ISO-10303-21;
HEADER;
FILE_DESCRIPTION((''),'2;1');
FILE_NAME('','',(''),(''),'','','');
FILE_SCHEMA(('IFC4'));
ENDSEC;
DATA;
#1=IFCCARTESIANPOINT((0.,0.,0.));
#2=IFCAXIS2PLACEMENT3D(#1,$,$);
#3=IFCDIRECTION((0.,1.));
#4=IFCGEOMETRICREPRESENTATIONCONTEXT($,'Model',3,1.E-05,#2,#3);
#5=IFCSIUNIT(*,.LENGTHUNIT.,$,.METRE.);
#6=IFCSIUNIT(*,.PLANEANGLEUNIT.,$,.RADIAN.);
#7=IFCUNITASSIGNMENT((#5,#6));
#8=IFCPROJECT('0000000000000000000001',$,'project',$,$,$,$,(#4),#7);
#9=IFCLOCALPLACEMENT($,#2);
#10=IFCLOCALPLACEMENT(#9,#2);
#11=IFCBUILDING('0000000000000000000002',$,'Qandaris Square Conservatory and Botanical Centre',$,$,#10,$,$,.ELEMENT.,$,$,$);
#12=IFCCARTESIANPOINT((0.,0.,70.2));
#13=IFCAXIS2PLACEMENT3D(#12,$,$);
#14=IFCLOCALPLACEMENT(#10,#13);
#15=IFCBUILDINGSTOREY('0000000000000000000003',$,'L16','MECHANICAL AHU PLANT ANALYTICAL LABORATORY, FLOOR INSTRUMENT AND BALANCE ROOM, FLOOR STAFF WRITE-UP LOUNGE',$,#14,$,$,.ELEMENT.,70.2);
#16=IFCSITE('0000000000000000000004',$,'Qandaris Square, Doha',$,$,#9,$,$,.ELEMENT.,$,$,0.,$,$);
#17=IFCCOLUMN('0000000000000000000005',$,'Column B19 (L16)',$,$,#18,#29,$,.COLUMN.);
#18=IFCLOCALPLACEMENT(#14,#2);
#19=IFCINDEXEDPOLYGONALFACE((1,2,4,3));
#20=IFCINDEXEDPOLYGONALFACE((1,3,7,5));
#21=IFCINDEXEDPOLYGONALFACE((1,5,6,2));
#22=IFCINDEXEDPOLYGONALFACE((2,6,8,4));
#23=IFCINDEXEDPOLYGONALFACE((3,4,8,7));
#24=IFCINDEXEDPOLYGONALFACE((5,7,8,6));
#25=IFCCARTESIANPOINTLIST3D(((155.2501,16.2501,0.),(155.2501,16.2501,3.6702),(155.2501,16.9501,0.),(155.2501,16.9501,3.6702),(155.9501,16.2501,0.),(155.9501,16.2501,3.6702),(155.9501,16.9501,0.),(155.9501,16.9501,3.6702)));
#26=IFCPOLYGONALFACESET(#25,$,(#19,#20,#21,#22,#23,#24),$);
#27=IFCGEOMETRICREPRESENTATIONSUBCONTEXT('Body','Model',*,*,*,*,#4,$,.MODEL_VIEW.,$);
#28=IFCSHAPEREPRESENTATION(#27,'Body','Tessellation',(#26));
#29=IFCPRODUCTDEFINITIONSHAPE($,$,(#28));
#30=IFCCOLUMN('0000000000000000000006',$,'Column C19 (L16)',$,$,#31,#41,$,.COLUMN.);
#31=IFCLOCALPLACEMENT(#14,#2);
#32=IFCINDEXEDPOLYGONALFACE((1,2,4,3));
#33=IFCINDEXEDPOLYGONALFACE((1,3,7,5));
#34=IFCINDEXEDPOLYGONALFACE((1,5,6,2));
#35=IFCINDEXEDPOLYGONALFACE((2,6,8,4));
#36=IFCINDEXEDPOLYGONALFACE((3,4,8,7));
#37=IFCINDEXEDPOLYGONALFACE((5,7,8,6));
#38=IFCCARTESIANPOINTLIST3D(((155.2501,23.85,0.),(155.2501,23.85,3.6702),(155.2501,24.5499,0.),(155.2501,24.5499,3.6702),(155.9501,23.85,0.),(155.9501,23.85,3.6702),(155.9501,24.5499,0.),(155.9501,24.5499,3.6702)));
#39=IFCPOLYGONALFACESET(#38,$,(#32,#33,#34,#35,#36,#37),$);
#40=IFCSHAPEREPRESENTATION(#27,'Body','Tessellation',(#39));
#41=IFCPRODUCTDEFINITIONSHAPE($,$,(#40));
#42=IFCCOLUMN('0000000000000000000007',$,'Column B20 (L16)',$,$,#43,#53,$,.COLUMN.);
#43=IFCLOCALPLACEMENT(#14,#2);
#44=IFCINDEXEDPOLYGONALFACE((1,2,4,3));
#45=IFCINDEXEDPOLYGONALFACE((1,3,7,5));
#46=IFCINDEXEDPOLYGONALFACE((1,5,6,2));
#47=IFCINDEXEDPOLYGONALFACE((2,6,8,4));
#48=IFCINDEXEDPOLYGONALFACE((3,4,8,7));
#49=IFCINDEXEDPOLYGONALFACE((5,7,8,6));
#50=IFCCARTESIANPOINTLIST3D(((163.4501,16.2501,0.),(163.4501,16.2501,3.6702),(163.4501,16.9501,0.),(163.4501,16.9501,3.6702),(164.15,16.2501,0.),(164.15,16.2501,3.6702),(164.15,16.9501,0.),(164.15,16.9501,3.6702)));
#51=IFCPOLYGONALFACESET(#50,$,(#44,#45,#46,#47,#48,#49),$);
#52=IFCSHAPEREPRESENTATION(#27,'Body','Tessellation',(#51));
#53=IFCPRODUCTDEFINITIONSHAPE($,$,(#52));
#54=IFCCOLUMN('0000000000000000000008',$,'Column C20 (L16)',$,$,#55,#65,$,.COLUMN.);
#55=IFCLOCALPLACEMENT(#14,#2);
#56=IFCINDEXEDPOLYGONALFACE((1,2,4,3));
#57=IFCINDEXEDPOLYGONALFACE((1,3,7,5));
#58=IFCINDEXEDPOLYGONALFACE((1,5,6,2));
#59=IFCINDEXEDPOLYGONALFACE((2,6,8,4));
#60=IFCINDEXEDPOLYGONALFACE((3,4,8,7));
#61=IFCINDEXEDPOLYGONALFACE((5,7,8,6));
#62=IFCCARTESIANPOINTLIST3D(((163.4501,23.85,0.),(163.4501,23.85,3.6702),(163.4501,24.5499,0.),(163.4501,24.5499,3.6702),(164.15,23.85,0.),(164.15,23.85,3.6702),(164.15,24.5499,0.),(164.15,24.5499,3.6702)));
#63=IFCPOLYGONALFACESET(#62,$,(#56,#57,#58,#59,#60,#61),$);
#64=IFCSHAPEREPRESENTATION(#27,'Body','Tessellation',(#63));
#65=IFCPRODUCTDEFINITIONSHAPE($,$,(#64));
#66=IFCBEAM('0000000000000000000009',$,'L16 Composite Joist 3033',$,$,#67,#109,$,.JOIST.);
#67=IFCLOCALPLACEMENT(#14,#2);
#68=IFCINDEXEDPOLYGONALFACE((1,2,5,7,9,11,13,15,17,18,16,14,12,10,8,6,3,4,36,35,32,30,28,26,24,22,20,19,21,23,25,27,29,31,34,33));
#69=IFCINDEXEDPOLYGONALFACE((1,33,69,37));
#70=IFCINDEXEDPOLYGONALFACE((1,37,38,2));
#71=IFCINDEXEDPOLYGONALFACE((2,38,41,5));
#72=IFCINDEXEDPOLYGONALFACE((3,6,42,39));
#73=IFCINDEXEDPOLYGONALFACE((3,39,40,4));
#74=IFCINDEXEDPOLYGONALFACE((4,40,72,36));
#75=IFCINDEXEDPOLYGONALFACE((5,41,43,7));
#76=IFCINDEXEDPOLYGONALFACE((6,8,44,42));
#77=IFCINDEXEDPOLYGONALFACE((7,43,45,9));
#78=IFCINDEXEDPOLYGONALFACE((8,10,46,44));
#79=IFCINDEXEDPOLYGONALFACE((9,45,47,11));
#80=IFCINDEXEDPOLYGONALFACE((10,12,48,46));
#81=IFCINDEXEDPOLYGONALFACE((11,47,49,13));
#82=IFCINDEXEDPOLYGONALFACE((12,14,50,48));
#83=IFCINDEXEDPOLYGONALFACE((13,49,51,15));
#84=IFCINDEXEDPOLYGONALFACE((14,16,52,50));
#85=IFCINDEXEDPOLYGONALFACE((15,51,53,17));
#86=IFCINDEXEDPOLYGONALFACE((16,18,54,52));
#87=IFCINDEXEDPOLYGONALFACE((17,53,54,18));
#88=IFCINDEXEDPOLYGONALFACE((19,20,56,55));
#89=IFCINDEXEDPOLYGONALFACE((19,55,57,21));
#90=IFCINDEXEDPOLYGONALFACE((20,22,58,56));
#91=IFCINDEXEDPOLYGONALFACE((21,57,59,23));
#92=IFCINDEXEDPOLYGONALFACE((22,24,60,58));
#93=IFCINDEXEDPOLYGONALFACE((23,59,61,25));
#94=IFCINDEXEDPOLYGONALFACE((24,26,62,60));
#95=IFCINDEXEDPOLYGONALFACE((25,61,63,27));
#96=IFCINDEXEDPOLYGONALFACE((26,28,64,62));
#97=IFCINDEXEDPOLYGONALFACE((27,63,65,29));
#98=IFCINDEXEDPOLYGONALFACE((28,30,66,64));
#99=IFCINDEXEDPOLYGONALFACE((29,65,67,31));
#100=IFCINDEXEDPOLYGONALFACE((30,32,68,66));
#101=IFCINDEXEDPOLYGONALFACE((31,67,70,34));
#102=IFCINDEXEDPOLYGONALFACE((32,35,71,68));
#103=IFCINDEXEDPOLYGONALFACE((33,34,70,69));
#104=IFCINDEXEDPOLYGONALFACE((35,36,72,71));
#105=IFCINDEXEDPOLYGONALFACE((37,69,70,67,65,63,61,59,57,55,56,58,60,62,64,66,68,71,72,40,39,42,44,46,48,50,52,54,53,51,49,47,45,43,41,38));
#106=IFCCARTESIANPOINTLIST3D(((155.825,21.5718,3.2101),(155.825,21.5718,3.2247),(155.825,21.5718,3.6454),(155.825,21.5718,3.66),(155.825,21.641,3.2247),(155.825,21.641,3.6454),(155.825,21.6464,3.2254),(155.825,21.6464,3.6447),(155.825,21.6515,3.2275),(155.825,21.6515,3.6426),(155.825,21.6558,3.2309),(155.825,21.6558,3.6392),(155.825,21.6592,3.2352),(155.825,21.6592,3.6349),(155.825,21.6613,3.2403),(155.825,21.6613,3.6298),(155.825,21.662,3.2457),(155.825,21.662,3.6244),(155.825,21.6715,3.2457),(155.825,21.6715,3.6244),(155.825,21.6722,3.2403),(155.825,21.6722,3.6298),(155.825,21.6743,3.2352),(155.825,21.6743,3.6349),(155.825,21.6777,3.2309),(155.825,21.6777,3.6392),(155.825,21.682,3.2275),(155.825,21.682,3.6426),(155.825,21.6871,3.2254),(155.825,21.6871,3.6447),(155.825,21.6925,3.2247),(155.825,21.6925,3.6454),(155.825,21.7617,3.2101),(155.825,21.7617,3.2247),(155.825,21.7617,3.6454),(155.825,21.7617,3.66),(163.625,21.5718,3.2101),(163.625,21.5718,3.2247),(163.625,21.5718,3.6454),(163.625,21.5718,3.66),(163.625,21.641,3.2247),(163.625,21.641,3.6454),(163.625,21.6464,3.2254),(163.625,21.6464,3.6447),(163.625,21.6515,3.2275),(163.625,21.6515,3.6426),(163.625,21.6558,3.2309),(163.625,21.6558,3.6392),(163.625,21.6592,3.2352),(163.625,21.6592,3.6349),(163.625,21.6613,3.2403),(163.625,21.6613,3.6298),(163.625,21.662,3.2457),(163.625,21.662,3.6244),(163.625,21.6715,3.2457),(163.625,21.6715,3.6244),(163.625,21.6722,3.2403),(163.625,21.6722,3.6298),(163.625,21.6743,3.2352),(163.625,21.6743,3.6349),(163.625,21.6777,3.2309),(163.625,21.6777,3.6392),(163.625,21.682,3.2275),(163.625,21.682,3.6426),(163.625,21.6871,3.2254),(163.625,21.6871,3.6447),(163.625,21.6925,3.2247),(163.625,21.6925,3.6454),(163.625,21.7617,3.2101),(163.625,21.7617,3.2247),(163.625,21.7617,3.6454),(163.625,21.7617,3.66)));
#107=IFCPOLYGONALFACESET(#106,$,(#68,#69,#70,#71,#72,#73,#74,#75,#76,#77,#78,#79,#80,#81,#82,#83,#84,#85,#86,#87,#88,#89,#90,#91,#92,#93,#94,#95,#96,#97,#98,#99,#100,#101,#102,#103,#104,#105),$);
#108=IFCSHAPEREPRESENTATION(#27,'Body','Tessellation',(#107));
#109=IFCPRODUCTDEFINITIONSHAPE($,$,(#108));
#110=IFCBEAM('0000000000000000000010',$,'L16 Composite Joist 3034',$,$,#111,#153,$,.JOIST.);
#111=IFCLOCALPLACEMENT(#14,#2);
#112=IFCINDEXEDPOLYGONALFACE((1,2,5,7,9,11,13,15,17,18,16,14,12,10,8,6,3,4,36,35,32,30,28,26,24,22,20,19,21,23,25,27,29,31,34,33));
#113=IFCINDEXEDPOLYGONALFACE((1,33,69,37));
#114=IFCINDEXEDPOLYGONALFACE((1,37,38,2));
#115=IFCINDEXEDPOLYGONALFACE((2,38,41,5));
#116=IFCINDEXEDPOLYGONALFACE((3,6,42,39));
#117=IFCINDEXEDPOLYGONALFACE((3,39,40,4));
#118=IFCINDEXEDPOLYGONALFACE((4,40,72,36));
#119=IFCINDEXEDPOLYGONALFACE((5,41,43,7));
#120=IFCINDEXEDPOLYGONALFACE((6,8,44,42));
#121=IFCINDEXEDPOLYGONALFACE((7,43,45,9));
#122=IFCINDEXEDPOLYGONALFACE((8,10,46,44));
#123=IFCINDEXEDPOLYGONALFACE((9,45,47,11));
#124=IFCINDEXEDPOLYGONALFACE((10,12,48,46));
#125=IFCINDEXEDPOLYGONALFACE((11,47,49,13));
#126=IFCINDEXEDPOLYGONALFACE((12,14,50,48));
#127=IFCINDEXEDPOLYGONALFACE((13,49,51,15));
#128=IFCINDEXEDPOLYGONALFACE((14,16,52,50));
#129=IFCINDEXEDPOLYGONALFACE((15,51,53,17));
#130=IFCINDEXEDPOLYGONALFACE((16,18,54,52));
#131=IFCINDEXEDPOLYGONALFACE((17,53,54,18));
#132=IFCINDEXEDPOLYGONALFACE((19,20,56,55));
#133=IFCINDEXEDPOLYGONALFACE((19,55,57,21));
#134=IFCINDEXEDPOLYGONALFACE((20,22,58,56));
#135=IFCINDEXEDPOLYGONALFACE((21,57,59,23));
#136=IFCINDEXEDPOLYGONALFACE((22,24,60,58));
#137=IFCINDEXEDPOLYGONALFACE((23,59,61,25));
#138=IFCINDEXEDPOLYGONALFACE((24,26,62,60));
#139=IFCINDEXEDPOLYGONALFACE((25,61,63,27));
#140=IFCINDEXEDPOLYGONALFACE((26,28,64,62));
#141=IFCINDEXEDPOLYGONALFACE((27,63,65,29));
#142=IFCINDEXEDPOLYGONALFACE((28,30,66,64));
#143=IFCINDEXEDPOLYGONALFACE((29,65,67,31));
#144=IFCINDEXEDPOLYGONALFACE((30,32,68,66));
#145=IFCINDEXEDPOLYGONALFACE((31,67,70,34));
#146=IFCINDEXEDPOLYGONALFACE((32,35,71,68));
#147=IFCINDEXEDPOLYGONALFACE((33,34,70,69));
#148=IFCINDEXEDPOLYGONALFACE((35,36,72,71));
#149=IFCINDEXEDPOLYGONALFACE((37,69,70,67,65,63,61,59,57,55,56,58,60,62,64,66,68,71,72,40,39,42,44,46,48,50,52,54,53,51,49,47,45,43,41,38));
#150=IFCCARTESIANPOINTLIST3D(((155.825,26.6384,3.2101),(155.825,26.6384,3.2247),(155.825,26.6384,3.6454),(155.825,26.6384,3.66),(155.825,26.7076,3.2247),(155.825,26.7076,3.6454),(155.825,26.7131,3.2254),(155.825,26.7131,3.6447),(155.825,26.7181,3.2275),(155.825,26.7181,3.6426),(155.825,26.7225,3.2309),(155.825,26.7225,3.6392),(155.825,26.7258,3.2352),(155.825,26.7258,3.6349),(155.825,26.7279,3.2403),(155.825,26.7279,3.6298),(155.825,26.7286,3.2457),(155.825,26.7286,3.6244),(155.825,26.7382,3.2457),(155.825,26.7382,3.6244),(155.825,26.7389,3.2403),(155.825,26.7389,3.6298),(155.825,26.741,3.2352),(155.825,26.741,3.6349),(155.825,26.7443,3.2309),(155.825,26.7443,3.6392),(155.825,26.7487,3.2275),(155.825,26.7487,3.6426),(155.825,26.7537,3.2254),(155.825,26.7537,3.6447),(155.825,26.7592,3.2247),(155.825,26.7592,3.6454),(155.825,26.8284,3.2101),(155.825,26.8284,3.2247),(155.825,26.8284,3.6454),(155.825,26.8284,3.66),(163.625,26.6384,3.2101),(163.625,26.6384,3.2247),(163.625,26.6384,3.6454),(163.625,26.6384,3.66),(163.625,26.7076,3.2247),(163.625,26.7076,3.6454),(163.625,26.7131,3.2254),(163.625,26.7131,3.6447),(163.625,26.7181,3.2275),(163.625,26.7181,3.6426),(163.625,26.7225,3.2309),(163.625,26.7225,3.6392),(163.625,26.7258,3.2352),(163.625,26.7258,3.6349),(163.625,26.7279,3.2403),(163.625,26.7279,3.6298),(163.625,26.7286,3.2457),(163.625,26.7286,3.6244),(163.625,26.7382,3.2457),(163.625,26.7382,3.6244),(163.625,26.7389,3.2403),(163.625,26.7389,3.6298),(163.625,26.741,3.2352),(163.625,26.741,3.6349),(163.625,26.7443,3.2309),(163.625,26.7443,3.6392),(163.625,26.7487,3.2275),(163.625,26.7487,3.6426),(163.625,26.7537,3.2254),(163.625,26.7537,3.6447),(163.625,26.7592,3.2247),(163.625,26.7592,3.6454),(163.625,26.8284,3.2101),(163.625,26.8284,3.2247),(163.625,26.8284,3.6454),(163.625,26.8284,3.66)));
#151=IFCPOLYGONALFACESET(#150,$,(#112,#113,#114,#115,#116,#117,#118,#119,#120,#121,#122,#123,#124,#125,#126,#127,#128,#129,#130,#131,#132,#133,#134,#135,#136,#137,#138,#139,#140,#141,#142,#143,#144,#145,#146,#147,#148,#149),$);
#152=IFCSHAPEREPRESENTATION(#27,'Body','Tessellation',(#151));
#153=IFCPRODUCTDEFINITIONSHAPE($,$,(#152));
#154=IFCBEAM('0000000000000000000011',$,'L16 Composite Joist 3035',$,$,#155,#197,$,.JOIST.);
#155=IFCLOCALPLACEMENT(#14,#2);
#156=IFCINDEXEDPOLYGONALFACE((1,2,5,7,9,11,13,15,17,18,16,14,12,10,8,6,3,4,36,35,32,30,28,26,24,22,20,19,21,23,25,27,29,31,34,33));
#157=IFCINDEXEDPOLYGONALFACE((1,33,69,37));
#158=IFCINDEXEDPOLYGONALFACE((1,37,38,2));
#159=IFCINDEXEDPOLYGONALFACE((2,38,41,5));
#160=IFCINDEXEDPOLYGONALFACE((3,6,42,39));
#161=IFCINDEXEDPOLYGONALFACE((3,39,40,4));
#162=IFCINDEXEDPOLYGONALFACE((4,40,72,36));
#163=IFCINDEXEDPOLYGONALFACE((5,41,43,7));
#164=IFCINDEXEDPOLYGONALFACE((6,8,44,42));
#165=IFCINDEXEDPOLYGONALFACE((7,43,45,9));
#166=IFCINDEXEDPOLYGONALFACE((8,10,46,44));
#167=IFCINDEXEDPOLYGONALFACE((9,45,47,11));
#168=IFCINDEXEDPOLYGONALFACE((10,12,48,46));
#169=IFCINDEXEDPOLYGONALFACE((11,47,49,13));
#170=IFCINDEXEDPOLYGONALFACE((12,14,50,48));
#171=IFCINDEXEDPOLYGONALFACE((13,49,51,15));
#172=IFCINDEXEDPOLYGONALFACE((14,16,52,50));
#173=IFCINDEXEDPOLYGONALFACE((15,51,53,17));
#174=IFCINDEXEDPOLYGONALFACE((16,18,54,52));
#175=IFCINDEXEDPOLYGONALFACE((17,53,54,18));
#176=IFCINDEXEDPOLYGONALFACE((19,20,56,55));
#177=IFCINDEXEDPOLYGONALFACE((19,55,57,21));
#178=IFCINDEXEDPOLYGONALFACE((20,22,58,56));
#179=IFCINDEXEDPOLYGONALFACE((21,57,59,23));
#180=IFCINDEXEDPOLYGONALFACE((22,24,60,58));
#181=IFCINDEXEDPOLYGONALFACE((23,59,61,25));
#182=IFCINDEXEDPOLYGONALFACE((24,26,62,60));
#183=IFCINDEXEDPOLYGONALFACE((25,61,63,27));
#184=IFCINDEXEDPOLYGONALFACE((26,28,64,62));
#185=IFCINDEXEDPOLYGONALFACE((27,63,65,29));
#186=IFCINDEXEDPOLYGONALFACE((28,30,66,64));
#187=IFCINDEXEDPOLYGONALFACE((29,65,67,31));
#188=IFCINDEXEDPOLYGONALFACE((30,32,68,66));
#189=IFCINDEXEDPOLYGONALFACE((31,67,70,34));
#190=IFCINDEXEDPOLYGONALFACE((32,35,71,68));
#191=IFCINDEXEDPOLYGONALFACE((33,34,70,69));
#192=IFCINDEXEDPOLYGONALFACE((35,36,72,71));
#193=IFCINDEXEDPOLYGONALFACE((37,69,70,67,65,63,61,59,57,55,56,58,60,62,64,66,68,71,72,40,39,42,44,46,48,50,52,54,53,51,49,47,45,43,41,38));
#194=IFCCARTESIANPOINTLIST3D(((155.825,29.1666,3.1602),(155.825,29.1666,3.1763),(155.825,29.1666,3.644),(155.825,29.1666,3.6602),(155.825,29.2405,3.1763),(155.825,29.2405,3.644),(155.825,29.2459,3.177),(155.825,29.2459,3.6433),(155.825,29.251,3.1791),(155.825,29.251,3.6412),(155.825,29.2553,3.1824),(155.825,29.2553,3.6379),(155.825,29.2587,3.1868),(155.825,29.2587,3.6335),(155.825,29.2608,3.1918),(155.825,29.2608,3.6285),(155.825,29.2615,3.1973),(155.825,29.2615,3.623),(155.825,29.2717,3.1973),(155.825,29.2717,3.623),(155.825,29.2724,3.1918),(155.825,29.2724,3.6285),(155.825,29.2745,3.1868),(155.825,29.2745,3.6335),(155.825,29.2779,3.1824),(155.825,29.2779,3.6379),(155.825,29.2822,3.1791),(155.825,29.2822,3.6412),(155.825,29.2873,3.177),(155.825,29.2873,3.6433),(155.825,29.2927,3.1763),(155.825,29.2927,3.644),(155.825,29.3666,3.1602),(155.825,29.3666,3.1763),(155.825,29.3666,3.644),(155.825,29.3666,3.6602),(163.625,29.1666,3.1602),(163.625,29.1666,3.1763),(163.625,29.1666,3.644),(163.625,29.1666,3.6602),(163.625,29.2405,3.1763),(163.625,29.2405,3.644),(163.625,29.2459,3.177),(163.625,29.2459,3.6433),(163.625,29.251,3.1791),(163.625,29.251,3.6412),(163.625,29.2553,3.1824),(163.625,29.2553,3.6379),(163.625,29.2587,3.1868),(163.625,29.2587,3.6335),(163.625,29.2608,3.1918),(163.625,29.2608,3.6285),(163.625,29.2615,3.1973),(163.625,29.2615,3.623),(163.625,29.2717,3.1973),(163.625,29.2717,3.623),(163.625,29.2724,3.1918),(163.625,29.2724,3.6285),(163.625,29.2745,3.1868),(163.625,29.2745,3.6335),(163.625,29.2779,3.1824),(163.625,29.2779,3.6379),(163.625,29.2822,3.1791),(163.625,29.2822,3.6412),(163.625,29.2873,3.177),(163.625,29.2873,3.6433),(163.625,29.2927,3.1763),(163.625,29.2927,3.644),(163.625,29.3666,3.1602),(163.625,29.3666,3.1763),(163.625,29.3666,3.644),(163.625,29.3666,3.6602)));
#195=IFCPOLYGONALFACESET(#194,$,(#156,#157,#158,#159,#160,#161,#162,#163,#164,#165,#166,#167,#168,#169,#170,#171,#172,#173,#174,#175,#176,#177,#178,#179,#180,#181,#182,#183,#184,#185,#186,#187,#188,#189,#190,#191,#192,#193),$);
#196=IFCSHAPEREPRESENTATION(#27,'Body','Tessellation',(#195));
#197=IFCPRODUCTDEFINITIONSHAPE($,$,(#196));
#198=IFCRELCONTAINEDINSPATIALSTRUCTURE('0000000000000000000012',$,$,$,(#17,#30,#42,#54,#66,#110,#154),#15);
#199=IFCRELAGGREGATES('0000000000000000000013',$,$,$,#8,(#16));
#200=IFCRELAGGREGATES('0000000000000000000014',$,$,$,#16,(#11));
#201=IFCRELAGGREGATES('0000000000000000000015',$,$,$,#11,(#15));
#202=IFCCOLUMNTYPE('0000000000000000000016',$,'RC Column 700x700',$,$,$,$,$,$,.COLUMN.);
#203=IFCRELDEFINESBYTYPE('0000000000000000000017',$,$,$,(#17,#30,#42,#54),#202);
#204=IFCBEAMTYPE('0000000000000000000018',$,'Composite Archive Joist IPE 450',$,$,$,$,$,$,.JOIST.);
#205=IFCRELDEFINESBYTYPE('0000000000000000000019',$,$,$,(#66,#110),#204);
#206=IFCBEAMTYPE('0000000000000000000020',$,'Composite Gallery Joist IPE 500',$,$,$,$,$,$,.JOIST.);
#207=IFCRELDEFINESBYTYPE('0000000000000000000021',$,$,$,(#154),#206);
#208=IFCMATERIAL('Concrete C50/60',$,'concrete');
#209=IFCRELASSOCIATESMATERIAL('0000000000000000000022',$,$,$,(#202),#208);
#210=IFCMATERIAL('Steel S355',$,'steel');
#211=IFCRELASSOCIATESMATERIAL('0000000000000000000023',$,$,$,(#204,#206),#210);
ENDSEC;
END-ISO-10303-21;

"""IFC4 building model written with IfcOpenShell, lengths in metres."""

from ifc_helpers import new_model, si_unit, direction, frame, origin, origin_2d, place, context, subcontext, project, spatial, rectangle, i_section, extrude, material, material_profile, profile_set, type_object, element, save


model = new_model("IFC4")

# Units and contexts
model_context = context("Model", 3, precision=1e-05, world=origin(), true_north=direction((0.0, 1.0)))
body_context = subcontext(model_context, "Body", "Model", "MODEL_VIEW")
ifc_project = project(units=[si_unit("LENGTHUNIT", "METRE"), si_unit("PLANEANGLEUNIT", "RADIAN")], contexts=[model_context])

# Site, building, storey
site_placement = place(None, origin())
site = spatial("IfcSite", under=ifc_project, at=site_placement, Name="Qandaris Square, Doha", CompositionType="ELEMENT", RefElevation=0.0)
building_placement = place(site_placement, origin())
building = spatial("IfcBuilding", under=site, at=building_placement, Name="Qandaris Square Conservatory and Botanical Centre", CompositionType="ELEMENT")
storey_placement = place(building_placement, frame((0.0, 0.0, 70.2)))
storey = spatial("IfcBuildingStorey", under=building, at=storey_placement, Name="L16", Description="MECHANICAL AHU PLANT ANALYTICAL LABORATORY, FLOOR INSTRUMENT AND BALANCE ROOM, FLOOR STAFF WRITE-UP LOUNGE", CompositionType="ELEMENT", Elevation=70.2)

# Columns
ifc_material_1 = material(Name="Concrete C50/60", Category="concrete")
ifc_material_profile_1 = material_profile(ifc_material_1, rectangle(XDim=0.7, YDim=0.7, at=origin_2d()), Name="RC-COL 700x700")
ifc_profile_set_1 = profile_set([ifc_material_profile_1], Name="Concrete C50/60")
column_type = type_object("IfcColumnType", Name="RC Column 700x700", PredefinedType="COLUMN", material=ifc_profile_set_1)
for number, where, z_axis, x_axis, name in (
    (1, (155.6001, 16.6001, 0.0), (0.0, 0.0, 1.0), (1.0, 0.0, 0.0), "Column B19 (L16)"),
    (2, (155.6001, 24.2, 0.0), (0.0, 0.0, 1.0), (1.0, 0.0, 0.0), "Column C19 (L16)"),
    (3, (163.8, 16.6001, 0.0), (0.0, 0.0, 1.0), (1.0, 0.0, 0.0), "Column B20 (L16)"),
    (4, (163.8, 24.2, 0.0), (0.0, 0.0, 1.0), (1.0, 0.0, 0.0), "Column C20 (L16)"),
):
    element("IfcColumn", number, at=place(storey_placement, frame(where, z_axis=z_axis, x_axis=x_axis)), inside=storey, type_object=column_type, Name=name, PredefinedType="COLUMN", context=body_context, shape_type="SweptSolid", body=[
        extrude(rectangle(XDim=0.7, YDim=0.7, at=origin_2d()), origin(), (0.0, 0.0, 1.0), 3.6702),
    ])

# Beams
ifc_material_2 = material(Name="Steel S355", Category="steel")
ifc_material_profile_2 = material_profile(ifc_material_2, i_section(OverallWidth=0.1899, OverallDepth=0.45, WebThickness=0.0095, FlangeThickness=0.0146, FilletRadius=0.021, at=origin_2d()), Name="IPE 450")
ifc_profile_set_2 = profile_set([ifc_material_profile_2], Name="Steel S355")
beam_type_1 = type_object("IfcBeamType", Name="Composite Archive Joist IPE 450", PredefinedType="JOIST", material=ifc_profile_set_2)
for number, where, z_axis, x_axis, name in (
    (5, (155.825, 21.6667, 3.4351), (1.0, 0.0, 0.0), (0.0, 1.0, 0.0), "L16 Composite Joist 3033"),
    (6, (155.825, 26.7334, 3.4351), (1.0, 0.0, 0.0), (0.0, 1.0, 0.0), "L16 Composite Joist 3034"),
):
    element("IfcBeam", number, at=place(storey_placement, frame(where, z_axis=z_axis, x_axis=x_axis)), inside=storey, type_object=beam_type_1, Name=name, PredefinedType="JOIST", context=body_context, shape_type="SweptSolid", body=[
        extrude(i_section(OverallWidth=0.1899, OverallDepth=0.45, WebThickness=0.0095, FlangeThickness=0.0146, FilletRadius=0.021, at=origin_2d()), origin(), (0.0, 0.0, 1.0), 7.8),
    ])
ifc_material_profile_3 = material_profile(ifc_material_2, i_section(OverallWidth=0.2, OverallDepth=0.5, WebThickness=0.0103, FlangeThickness=0.0161, FilletRadius=0.021, at=origin_2d()), Name="IPE 500")
ifc_profile_set_3 = profile_set([ifc_material_profile_3], Name="Steel S355")
beam_type_2 = type_object("IfcBeamType", Name="Composite Gallery Joist IPE 500", PredefinedType="JOIST", material=ifc_profile_set_3)
beam_1_placement = place(storey_placement, frame((155.825, 29.2666, 3.4102), z_axis=(1.0, 0.0, 0.0), x_axis=(0.0, 1.0, 0.0)))
element("IfcBeam", 7, at=beam_1_placement, inside=storey, type_object=beam_type_2, Name="L16 Composite Joist 3035", PredefinedType="JOIST", context=body_context, shape_type="SweptSolid", body=[
    extrude(i_section(OverallWidth=0.2, OverallDepth=0.5, WebThickness=0.0103, FlangeThickness=0.0161, FilletRadius=0.021, at=origin_2d()), origin(), (0.0, 0.0, 1.0), 7.8),
])

save(model, "model.ifc")
